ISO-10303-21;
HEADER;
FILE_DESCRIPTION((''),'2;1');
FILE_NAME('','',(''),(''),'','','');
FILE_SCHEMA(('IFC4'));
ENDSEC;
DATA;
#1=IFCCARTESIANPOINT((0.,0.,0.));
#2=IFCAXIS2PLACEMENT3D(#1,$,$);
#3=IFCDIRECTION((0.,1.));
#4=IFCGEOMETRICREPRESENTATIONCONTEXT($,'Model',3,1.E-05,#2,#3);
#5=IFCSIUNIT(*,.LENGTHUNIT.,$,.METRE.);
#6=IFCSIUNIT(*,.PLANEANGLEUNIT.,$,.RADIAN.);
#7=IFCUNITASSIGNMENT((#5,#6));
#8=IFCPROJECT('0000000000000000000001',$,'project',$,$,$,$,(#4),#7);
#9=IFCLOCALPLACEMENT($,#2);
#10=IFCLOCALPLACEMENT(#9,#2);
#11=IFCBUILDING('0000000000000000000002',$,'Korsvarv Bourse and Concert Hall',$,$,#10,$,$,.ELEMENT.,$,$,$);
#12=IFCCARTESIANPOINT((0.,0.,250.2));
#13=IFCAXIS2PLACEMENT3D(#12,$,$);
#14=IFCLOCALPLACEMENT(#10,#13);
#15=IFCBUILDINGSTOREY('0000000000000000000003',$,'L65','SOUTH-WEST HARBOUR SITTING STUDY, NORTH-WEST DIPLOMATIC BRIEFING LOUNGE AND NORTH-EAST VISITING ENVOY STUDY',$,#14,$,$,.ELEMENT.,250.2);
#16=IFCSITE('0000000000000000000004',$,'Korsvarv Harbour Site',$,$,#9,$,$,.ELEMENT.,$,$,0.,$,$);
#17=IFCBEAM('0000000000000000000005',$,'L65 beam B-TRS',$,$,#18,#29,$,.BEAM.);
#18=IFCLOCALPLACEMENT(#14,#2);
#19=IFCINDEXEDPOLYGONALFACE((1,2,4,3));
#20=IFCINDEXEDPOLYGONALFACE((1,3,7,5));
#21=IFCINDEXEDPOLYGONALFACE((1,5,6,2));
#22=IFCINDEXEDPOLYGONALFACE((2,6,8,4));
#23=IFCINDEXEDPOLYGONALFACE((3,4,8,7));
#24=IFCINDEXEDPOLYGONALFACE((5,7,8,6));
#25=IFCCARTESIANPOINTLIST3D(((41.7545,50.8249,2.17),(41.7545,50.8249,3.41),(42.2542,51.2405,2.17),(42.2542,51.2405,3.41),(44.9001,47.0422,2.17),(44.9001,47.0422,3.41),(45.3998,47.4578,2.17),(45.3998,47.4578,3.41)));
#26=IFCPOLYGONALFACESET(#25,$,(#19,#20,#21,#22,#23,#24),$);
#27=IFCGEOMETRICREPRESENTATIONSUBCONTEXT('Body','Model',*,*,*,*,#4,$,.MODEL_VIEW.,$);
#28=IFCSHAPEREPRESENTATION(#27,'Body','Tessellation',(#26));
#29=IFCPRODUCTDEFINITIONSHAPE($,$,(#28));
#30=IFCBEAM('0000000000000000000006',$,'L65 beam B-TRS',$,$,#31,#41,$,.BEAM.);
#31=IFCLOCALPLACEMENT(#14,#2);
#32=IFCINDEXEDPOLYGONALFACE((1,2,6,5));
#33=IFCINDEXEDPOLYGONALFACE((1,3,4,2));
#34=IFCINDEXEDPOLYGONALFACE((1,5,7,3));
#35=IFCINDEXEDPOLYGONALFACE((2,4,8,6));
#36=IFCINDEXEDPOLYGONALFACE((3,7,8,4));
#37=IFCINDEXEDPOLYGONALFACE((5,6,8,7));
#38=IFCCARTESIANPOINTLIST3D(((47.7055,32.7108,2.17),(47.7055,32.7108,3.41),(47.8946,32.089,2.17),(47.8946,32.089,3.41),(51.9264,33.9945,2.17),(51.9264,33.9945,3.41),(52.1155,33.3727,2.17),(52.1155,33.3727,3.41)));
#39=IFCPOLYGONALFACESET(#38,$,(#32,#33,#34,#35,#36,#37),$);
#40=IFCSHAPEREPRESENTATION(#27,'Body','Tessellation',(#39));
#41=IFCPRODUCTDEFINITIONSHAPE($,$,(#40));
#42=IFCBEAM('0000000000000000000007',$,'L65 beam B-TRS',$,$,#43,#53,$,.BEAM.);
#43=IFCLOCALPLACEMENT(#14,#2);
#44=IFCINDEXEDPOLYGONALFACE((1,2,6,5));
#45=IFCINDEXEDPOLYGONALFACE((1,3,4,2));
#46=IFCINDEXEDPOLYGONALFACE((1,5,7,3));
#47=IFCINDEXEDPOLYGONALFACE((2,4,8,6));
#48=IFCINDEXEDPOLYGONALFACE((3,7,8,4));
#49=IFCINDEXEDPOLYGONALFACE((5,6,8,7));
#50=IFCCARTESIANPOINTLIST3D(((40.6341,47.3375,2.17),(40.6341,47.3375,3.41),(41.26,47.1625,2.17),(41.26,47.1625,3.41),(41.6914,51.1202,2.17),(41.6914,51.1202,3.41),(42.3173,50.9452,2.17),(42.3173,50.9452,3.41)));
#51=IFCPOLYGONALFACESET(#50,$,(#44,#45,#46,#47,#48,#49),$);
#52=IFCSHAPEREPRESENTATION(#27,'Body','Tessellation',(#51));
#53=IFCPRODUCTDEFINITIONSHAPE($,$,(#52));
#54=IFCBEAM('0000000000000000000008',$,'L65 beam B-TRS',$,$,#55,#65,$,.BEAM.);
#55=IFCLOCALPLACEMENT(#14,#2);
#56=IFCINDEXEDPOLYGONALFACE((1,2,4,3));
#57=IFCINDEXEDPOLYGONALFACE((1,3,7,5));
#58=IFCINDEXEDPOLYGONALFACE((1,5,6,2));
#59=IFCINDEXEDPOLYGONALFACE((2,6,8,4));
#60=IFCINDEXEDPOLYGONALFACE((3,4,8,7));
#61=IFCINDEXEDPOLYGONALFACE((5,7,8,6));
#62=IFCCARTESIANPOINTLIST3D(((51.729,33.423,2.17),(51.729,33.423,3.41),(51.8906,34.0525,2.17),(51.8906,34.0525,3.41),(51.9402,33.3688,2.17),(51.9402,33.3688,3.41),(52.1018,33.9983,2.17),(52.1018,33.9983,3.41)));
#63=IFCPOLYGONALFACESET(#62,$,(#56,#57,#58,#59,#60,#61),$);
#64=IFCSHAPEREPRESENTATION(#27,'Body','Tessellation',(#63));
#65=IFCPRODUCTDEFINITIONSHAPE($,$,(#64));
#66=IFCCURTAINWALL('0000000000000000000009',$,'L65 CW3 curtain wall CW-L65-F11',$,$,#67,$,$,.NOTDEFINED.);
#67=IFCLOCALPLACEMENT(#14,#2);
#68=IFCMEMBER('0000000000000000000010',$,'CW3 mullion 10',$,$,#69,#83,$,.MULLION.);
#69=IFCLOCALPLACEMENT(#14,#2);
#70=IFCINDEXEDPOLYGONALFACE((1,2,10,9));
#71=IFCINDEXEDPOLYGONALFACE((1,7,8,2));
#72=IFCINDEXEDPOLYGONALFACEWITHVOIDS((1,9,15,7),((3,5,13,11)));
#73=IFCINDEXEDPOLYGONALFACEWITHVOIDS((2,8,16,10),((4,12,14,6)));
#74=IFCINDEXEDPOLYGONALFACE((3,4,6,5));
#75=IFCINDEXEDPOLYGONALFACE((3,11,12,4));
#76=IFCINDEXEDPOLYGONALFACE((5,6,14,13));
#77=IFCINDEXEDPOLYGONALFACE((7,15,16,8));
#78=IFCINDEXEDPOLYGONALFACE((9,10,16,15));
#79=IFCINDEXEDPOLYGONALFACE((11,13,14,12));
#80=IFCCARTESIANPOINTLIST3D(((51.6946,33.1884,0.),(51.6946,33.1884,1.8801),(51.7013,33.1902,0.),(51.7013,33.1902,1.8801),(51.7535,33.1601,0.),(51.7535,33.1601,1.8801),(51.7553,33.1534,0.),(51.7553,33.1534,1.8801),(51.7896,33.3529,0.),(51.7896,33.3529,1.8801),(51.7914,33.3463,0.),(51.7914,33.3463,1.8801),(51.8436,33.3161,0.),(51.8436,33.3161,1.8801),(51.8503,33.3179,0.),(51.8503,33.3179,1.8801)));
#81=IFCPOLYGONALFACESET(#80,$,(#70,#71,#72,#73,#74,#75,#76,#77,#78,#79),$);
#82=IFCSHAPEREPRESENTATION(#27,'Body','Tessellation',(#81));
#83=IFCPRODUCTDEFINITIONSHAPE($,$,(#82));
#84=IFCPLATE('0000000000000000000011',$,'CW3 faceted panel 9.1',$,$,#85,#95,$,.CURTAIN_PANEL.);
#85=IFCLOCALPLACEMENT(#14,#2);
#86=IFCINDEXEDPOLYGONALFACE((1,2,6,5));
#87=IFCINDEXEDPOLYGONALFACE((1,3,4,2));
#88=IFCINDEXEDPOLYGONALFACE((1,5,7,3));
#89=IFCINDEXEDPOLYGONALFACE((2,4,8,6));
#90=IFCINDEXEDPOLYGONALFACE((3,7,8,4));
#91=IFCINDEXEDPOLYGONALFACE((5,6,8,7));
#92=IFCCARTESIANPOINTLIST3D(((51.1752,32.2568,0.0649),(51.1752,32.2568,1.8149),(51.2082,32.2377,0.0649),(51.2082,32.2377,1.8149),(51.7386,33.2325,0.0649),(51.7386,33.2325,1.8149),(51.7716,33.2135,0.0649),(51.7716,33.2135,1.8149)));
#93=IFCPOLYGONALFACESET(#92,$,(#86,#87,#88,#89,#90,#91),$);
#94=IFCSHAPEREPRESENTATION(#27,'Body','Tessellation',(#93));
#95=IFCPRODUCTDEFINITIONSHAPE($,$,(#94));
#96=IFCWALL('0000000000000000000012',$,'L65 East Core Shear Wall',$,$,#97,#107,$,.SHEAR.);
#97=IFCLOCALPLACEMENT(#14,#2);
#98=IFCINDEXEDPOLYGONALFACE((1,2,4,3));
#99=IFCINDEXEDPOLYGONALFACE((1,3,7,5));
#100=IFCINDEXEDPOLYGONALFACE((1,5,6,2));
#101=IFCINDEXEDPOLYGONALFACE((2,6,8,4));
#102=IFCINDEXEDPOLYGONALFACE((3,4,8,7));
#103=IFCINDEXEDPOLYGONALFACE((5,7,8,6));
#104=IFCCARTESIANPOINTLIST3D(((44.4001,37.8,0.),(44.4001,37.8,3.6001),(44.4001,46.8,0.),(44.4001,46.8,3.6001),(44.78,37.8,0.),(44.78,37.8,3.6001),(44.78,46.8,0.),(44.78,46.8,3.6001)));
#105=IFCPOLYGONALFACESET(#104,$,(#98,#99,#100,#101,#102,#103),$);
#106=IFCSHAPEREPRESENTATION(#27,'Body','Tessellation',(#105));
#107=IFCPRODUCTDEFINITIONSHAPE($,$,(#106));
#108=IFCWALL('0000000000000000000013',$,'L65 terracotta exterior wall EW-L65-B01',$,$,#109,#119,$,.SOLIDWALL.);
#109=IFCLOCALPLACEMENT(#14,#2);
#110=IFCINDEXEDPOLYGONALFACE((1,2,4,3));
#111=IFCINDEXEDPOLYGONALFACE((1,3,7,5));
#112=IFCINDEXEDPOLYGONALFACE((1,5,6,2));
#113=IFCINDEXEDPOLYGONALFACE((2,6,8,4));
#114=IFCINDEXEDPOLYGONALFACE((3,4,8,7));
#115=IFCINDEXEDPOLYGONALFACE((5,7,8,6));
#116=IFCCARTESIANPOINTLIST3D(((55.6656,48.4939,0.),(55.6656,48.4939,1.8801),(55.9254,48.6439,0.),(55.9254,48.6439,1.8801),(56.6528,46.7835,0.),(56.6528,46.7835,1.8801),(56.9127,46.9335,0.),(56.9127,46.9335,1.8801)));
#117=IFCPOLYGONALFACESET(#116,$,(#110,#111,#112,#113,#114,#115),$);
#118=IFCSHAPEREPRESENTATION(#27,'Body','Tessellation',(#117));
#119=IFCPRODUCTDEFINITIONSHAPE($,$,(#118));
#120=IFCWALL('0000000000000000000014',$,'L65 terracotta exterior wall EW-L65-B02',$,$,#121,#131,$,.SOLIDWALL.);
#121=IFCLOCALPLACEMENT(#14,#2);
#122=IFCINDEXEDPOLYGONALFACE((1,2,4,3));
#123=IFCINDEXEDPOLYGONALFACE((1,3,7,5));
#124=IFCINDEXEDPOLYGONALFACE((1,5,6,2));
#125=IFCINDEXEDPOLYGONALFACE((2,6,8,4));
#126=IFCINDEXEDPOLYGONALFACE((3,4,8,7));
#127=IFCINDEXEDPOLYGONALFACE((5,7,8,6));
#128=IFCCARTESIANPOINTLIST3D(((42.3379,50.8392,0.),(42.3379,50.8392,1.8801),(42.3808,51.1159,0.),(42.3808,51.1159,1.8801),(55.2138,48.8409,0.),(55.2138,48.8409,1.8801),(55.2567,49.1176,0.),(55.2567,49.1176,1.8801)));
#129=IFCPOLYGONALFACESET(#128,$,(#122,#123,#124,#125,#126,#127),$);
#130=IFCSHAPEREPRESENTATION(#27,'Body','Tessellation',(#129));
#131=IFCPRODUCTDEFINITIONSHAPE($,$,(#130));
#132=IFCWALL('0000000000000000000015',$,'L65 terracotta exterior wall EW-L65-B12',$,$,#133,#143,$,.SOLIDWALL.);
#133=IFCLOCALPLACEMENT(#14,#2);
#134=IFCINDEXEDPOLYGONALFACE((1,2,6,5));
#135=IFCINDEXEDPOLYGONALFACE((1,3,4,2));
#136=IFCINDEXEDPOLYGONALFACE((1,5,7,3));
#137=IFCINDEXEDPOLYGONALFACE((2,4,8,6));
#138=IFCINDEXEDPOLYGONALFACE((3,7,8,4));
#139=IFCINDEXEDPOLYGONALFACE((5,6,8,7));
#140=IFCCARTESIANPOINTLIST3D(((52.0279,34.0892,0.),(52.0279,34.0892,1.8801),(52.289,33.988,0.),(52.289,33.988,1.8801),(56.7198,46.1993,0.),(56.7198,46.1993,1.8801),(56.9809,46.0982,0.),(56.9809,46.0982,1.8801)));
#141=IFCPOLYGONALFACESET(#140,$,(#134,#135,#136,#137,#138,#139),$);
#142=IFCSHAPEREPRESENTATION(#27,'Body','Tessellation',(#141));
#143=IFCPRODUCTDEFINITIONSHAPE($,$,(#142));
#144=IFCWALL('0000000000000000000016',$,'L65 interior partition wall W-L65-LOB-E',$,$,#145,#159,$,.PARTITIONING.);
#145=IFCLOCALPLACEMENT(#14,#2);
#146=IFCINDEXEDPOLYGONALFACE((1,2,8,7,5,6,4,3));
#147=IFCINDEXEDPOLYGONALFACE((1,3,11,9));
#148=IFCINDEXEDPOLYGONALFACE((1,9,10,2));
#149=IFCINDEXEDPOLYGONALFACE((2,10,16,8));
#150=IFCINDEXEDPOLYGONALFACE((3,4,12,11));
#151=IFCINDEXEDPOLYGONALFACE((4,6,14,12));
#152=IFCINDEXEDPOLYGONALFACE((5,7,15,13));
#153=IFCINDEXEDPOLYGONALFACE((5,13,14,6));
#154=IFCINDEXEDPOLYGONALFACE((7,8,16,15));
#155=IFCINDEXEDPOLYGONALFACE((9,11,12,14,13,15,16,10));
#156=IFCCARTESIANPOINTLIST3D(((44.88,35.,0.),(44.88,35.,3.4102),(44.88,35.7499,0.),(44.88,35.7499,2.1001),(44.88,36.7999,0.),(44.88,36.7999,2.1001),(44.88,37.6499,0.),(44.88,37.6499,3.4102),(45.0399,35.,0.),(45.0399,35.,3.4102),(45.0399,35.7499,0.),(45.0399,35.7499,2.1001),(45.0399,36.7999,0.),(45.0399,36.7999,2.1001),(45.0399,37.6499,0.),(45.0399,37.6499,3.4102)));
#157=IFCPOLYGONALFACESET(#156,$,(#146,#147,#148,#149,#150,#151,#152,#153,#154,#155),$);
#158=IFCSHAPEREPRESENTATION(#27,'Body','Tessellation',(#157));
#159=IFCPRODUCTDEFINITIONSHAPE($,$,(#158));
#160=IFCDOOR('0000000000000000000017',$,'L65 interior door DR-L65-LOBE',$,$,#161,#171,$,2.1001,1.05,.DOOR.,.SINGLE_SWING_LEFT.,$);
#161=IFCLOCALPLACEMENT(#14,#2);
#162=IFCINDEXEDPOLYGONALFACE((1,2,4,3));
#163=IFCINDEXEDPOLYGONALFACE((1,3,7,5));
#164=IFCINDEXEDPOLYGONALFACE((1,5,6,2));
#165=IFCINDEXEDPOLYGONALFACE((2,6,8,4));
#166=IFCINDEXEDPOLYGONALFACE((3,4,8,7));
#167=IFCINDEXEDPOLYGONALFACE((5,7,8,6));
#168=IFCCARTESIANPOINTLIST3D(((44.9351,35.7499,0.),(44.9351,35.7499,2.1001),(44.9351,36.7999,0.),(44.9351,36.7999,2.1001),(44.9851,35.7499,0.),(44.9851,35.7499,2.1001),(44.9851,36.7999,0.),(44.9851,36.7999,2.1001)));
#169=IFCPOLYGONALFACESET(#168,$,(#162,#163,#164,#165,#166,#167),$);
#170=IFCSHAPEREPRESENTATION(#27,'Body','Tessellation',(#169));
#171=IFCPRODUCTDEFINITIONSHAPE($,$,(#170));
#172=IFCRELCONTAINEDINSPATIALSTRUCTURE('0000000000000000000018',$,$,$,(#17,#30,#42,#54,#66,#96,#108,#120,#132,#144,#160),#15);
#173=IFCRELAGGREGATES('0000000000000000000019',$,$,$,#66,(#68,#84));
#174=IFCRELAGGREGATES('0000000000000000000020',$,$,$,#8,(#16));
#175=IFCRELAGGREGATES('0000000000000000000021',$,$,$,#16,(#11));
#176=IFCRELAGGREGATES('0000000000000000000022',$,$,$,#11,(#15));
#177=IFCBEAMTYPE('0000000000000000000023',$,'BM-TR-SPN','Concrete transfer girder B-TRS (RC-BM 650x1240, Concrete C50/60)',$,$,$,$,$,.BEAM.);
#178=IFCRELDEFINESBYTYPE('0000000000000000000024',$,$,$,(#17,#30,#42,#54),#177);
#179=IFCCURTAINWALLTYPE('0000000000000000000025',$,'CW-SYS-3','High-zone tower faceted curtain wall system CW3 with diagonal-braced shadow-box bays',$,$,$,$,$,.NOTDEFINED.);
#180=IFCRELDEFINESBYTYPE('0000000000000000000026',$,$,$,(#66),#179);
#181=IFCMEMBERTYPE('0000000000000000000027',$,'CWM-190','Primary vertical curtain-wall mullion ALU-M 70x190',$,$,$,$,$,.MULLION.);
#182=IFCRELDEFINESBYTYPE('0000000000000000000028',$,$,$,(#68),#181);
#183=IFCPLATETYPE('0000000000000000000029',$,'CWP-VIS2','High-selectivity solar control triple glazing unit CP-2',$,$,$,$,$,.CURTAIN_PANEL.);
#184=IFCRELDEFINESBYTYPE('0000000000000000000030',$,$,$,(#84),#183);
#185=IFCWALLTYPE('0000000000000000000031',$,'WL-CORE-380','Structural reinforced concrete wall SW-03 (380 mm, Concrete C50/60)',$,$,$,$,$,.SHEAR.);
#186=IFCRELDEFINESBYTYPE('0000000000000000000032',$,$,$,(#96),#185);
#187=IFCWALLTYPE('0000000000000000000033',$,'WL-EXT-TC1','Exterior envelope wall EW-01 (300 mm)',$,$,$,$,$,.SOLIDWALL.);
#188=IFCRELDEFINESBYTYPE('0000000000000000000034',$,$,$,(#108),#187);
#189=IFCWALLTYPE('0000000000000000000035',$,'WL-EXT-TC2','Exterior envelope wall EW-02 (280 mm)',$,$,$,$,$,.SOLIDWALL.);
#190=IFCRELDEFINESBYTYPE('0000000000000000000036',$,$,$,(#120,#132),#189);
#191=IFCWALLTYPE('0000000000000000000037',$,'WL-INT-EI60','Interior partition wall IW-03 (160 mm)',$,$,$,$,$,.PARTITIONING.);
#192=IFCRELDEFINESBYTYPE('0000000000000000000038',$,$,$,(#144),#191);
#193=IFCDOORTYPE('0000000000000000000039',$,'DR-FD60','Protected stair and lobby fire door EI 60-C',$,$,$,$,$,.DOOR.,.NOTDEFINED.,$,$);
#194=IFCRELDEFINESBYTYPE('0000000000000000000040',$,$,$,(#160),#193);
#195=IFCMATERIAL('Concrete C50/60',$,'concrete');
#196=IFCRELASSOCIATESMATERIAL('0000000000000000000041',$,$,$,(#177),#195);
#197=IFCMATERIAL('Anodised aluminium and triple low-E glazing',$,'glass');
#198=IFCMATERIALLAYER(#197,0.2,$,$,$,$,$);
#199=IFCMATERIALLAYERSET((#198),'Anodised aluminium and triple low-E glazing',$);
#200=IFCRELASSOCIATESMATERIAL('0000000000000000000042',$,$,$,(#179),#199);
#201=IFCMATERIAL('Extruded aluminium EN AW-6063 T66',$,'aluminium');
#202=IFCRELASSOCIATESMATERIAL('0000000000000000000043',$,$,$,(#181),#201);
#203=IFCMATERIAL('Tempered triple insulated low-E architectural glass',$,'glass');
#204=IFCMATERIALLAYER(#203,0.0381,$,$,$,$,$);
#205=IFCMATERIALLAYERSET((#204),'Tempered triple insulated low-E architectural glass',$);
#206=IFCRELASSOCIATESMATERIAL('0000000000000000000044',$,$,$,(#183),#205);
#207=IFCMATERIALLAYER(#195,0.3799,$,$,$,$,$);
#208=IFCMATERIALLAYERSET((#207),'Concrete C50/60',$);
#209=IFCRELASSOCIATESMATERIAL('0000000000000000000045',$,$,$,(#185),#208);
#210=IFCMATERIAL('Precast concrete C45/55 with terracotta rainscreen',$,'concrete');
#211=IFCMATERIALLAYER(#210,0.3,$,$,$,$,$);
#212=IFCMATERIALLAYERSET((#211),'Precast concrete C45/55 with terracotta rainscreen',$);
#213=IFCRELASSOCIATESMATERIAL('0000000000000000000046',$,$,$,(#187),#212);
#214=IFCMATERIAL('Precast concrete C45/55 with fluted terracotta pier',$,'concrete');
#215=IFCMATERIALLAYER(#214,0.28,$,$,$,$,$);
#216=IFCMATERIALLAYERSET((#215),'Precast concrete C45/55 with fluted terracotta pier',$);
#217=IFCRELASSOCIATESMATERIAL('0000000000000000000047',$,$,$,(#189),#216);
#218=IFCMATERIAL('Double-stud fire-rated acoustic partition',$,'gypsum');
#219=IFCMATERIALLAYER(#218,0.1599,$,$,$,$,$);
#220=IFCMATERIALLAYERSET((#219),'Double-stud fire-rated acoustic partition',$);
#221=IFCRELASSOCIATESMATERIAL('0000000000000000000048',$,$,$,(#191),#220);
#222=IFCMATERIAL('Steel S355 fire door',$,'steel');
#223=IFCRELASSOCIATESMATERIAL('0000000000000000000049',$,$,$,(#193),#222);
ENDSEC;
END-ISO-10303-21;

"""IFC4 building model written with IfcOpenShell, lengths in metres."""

from ifc_helpers import new_model, si_unit, direction, frame, frame_2d, origin, origin_2d, place, context, subcontext, project, spatial, rectangle, hollow_rectangle, extrude, source, transform, mapped, material, layer, layer_set, material_profile, profile_set, type_object, element, fill, aggregate, save


model = new_model("IFC4")

# Units and contexts
model_context = context("Model", 3, precision=1e-05, world=origin(), true_north=direction((0.0, 1.0)))
body_context = subcontext(model_context, "Body", "Model", "MODEL_VIEW")
ifc_project = project(units=[si_unit("LENGTHUNIT", "METRE"), si_unit("PLANEANGLEUNIT", "RADIAN")], contexts=[model_context])

# Site, building, storey
site_placement = place(None, origin())
site = spatial("IfcSite", under=ifc_project, at=site_placement, Name="Korsvarv Harbour Site", CompositionType="ELEMENT", RefElevation=0.0)
building_placement = place(site_placement, origin())
building = spatial("IfcBuilding", under=site, at=building_placement, Name="Korsvarv Bourse and Concert Hall", CompositionType="ELEMENT")
storey_placement = place(building_placement, frame((0.0, 0.0, 250.2)))
storey = spatial("IfcBuildingStorey", under=building, at=storey_placement, Name="L65", Description="SOUTH-WEST HARBOUR SITTING STUDY, NORTH-WEST DIPLOMATIC BRIEFING LOUNGE AND NORTH-EAST VISITING ENVOY STUDY", CompositionType="ELEMENT", Elevation=250.2)

# Shared definitions
ifc_material_1 = material(Name="Concrete C50/60", Category="concrete")

# Beams
ifc_material_profile_1 = material_profile(ifc_material_1, rectangle(XDim=0.6499, YDim=1.24, at=origin_2d()), Name="RC-BM 650x1240")
ifc_profile_set_1 = profile_set([ifc_material_profile_1], Name="Concrete C50/60")
beam_type_1 = type_object("IfcBeamType", Name="BM-TR-SPN", Description="Concrete transfer girder B-TRS (RC-BM 650x1240, Concrete C50/60)", PredefinedType="BEAM", material=ifc_profile_set_1)
shared_shape_1 = source(origin(), body_context, "Body", "SweptSolid", [
    extrude(rectangle(XDim=0.6499, YDim=1.24, at=origin_2d()), origin(), (0.0, 0.0, 1.0), 4.9197),
])
beam_1_placement = place(storey_placement, frame((42.0044, 51.0327, 2.79), z_axis=(0.639374, -0.768896, 0.0), x_axis=(0.768896, 0.639374, 0.0)))
element("IfcBeam", 1, at=beam_1_placement, inside=storey, type_object=beam_type_1, Name="L65 beam B-TRS", PredefinedType="BEAM", context=body_context, shape_type="MappedRepresentation", body=[
    mapped(shared_shape_1, transform((0.0, 0.0, 0.0), scale=1.0)),
])
shared_shape_2 = source(origin(), body_context, "Body", "SweptSolid", [
    extrude(rectangle(XDim=0.6499, YDim=1.24, at=origin_2d()), origin(), (0.0, 0.0, 1.0), 4.4119),
])
beam_2_placement = place(storey_placement, frame((52.021, 33.6836, 2.79), z_axis=(-0.956734, -0.290966, 0.0), x_axis=(0.290966, -0.956734, 0.0)))
element("IfcBeam", 2, at=beam_2_placement, inside=storey, type_object=beam_type_1, Name="L65 beam B-TRS", PredefinedType="BEAM", context=body_context, shape_type="MappedRepresentation", body=[
    mapped(shared_shape_2, transform((0.0, 0.0, 0.0), scale=1.0)),
])
shared_shape_3 = source(origin(), body_context, "Body", "SweptSolid", [
    extrude(rectangle(XDim=0.6499, YDim=1.24, at=origin_2d()), origin(), (0.0, 0.0, 1.0), 3.9277),
])
beam_3_placement = place(storey_placement, frame((42.0044, 51.0327, 2.79), z_axis=(-0.269208, -0.963082, 0.0), x_axis=(0.963082, -0.269208, 0.0)))
element("IfcBeam", 3, at=beam_3_placement, inside=storey, type_object=beam_type_1, Name="L65 beam B-TRS", PredefinedType="BEAM", context=body_context, shape_type="MappedRepresentation", body=[
    mapped(shared_shape_3, transform((0.0, 0.0, 0.0), scale=1.0)),
])
shared_shape_4 = source(origin(), body_context, "Body", "SweptSolid", [
    extrude(rectangle(XDim=0.6499, YDim=1.24, at=origin_2d()), origin(), (0.0, 0.0, 1.0), 0.218),
])
beam_4_placement = place(storey_placement, frame((52.021, 33.6836, 2.79), z_axis=(-0.968609, 0.248591, 0.0), x_axis=(-0.248591, -0.968609, 0.0)))
element("IfcBeam", 4, at=beam_4_placement, inside=storey, type_object=beam_type_1, Name="L65 beam B-TRS", PredefinedType="BEAM", context=body_context, shape_type="MappedRepresentation", body=[
    mapped(shared_shape_4, transform((0.0, 0.0, 0.0), scale=1.0)),
])

# Curtain wall, member, plate
ifc_material_2 = material(Name="Anodised aluminium and triple low-E glazing", Category="glass")
ifc_layer_1 = layer(ifc_material_2, 0.2)
ifc_layer_set_1 = layer_set([ifc_layer_1], Name="Anodised aluminium and triple low-E glazing")
curtain_wall_type = type_object("IfcCurtainWallType", Name="CW-SYS-3", Description="High-zone tower faceted curtain wall system CW3 with diagonal-braced shadow-box bays", PredefinedType="NOTDEFINED", material=ifc_layer_set_1)
curtain_wall_placement = place(storey_placement, origin())
curtain_wall = element("IfcCurtainWall", 5, at=curtain_wall_placement, inside=storey, type_object=curtain_wall_type, Name="L65 CW3 curtain wall CW-L65-F11", PredefinedType="NOTDEFINED")
ifc_material_3 = material(Name="Extruded aluminium EN AW-6063 T66", Category="aluminium")
ifc_material_profile_2 = material_profile(ifc_material_3, hollow_rectangle(XDim=0.0701, YDim=0.1899, WallThickness=0.0049, at=origin_2d()), Name="ALU-M 70x190")
ifc_profile_set_2 = profile_set([ifc_material_profile_2], Name="Extruded aluminium EN AW-6063 T66")
member_type = type_object("IfcMemberType", Name="CWM-190", Description="Primary vertical curtain-wall mullion ALU-M 70x190", PredefinedType="MULLION", material=ifc_profile_set_2)
shared_shape_5 = source(origin(), body_context, "Body", "SweptSolid", [
    extrude(hollow_rectangle(XDim=0.0701, YDim=0.1899, WallThickness=0.0049, at=origin_2d()), origin(), (0.0, 0.0, 1.0), 1.8801),
])
member_placement = place(storey_placement, frame((51.7725, 33.2532, 0.0), z_axis=(0.0, 0.0, 1.0), x_axis=(-0.866022, 0.500006, 0.0)))
member = element("IfcMember", 6, at=member_placement, type_object=member_type, Name="CW3 mullion 10", PredefinedType="MULLION", context=body_context, shape_type="MappedRepresentation", body=[
    mapped(shared_shape_5, transform((0.0, 0.0, 0.0), scale=1.0)),
])
ifc_material_4 = material(Name="Tempered triple insulated low-E architectural glass", Category="glass")
ifc_layer_2 = layer(ifc_material_4, 0.0381)
ifc_layer_set_2 = layer_set([ifc_layer_2], Name="Tempered triple insulated low-E architectural glass")
plate_type = type_object("IfcPlateType", Name="CWP-VIS2", Description="High-selectivity solar control triple glazing unit CP-2", PredefinedType="CURTAIN_PANEL", material=ifc_layer_set_2)
shared_shape_6 = source(origin(), body_context, "Body", "SweptSolid", [
    extrude(rectangle(XDim=1.1267, YDim=0.0381, at=origin_2d()), origin(), (0.0, 0.0, 1.0), 1.75),
])
plate_placement = place(storey_placement, frame((51.4734, 32.7351, 0.0649), z_axis=(0.0, 0.0, 1.0), x_axis=(0.500006, 0.866022, 0.0)))
plate = element("IfcPlate", 7, at=plate_placement, type_object=plate_type, Name="CW3 faceted panel 9.1", PredefinedType="CURTAIN_PANEL", context=body_context, shape_type="MappedRepresentation", body=[
    mapped(shared_shape_6, transform((0.0, 0.0, 0.0), scale=1.0)),
])
aggregate(curtain_wall, [member, plate])

# Walls
ifc_layer_3 = layer(ifc_material_1, 0.3799)
ifc_layer_set_3 = layer_set([ifc_layer_3], Name="Concrete C50/60")
wall_type_1 = type_object("IfcWallType", Name="WL-CORE-380", Description="Structural reinforced concrete wall SW-03 (380 mm, Concrete C50/60)", PredefinedType="SHEAR", material=ifc_layer_set_3)
wall_1_placement = place(storey_placement, frame((44.5901, 37.8, 0.0), z_axis=(0.0, 0.0, 1.0), x_axis=(0.0, 1.0, 0.0)))
element("IfcWall", 8, at=wall_1_placement, inside=storey, type_object=wall_type_1, Name="L65 East Core Shear Wall", PredefinedType="SHEAR", context=body_context, shape_type="SweptSolid", body=[
    extrude(rectangle(XDim=9.0, YDim=0.3799, at=frame_2d((4.5, 0.0))), origin(), (0.0, 0.0, 1.0), 3.6001),
])
ifc_material_5 = material(Name="Precast concrete C45/55 with terracotta rainscreen", Category="concrete")
ifc_layer_4 = layer(ifc_material_5, 0.3)
ifc_layer_set_4 = layer_set([ifc_layer_4], Name="Precast concrete C45/55 with terracotta rainscreen")
wall_type_2 = type_object("IfcWallType", Name="WL-EXT-TC1", Description="Exterior envelope wall EW-01 (300 mm)", PredefinedType="SOLIDWALL", material=ifc_layer_set_4)
wall_2_placement = place(storey_placement, frame((56.7827, 46.8586, 0.0), z_axis=(0.0, 0.0, 1.0), x_axis=(-0.499915, 0.866074, 0.0)))
element("IfcWall", 9, at=wall_2_placement, inside=storey, type_object=wall_type_2, Name="L65 terracotta exterior wall EW-L65-B01", PredefinedType="SOLIDWALL", context=body_context, shape_type="SweptSolid", body=[
    extrude(rectangle(XDim=1.9749, YDim=0.3, at=frame_2d((0.9873, 0.0))), origin(), (0.0, 0.0, 1.0), 1.8801),
])
ifc_material_6 = material(Name="Precast concrete C45/55 with fluted terracotta pier", Category="concrete")
ifc_layer_5 = layer(ifc_material_6, 0.28)
ifc_layer_set_5 = layer_set([ifc_layer_5], Name="Precast concrete C45/55 with fluted terracotta pier")
wall_type_3 = type_object("IfcWallType", Name="WL-EXT-TC2", Description="Exterior envelope wall EW-02 (280 mm)", PredefinedType="SOLIDWALL", material=ifc_layer_set_5)
wall_3_placement = place(storey_placement, frame((55.2354, 48.9792, 0.0), z_axis=(0.0, 0.0, 1.0), x_axis=(-0.98817, 0.153359, 0.0)))
element("IfcWall", 10, at=wall_3_placement, inside=storey, type_object=wall_type_3, Name="L65 terracotta exterior wall EW-L65-B02", PredefinedType="SOLIDWALL", context=body_context, shape_type="SweptSolid", body=[
    extrude(rectangle(XDim=13.03, YDim=0.28, at=frame_2d((6.5151, 0.0))), origin(), (0.0, 0.0, 1.0), 1.8801),
])
wall_4_placement = place(storey_placement, frame((52.1584, 34.0386, 0.0), z_axis=(0.0, 0.0, 1.0), x_axis=(0.361269, 0.932461, 0.0)))
element("IfcWall", 11, at=wall_4_placement, inside=storey, type_object=wall_type_3, Name="L65 terracotta exterior wall EW-L65-B12", PredefinedType="SOLIDWALL", context=body_context, shape_type="SweptSolid", body=[
    extrude(rectangle(XDim=12.9873, YDim=0.28, at=frame_2d((6.4937, 0.0))), origin(), (0.0, 0.0, 1.0), 1.8801),
])

# Wall, opening, door
ifc_material_7 = material(Name="Double-stud fire-rated acoustic partition", Category="gypsum")
ifc_layer_6 = layer(ifc_material_7, 0.1599)
ifc_layer_set_6 = layer_set([ifc_layer_6], Name="Double-stud fire-rated acoustic partition")
wall_type_4 = type_object("IfcWallType", Name="WL-INT-EI60", Description="Interior partition wall IW-03 (160 mm)", PredefinedType="PARTITIONING", material=ifc_layer_set_6)
wall_5_placement = place(storey_placement, frame((44.96, 35.0, 0.0), z_axis=(0.0, 0.0, 1.0), x_axis=(0.0, 1.0, 0.0)))
wall_5 = element("IfcWall", 12, at=wall_5_placement, inside=storey, type_object=wall_type_4, Name="L65 interior partition wall W-L65-LOB-E", PredefinedType="PARTITIONING", context=body_context, shape_type="SweptSolid", body=[
    extrude(rectangle(XDim=2.6499, YDim=0.1599, at=frame_2d((1.325, 0.0))), origin(), (0.0, 0.0, 1.0), 3.4102),
])
opening_placement = place(wall_5_placement, frame((0.75, 0.0, 0.0)))
opening = element("IfcOpeningElement", 13, at=opening_placement, cuts=wall_5, PredefinedType="OPENING", context=body_context, shape_type="SweptSolid", body=[
    extrude(rectangle(XDim=1.05, YDim=2.1001, at=frame_2d((0.5249, 1.05))), frame((0.0, 0.0898, 0.0), z_axis=(0.0, -1.0, 0.0), x_axis=(1.0, 0.0, 0.0)), (0.0, 0.0, 1.0), 0.1799),
])
ifc_material_8 = material(Name="Steel S355 fire door", Category="steel")
door_type = type_object("IfcDoorType", Name="DR-FD60", Description="Protected stair and lobby fire door EI 60-C", OperationType="NOTDEFINED", PredefinedType="DOOR", material=ifc_material_8)
door_placement = place(opening_placement, origin())
door = element("IfcDoor", 14, at=door_placement, inside=storey, type_object=door_type, Name="L65 interior door DR-L65-LOBE", OperationType="SINGLE_SWING_LEFT", OverallHeight=2.1001, OverallWidth=1.05, PredefinedType="DOOR", context=body_context, shape_type="SweptSolid", body=[
    extrude(rectangle(XDim=1.05, YDim=2.1001, at=frame_2d((0.5249, 1.05))), frame((0.0, 0.0249, 0.0), z_axis=(0.0, -1.0, 0.0), x_axis=(1.0, 0.0, 0.0)), (0.0, 0.0, 1.0), 0.05),
])
fill(opening, door)

save(model, "model.ifc")
